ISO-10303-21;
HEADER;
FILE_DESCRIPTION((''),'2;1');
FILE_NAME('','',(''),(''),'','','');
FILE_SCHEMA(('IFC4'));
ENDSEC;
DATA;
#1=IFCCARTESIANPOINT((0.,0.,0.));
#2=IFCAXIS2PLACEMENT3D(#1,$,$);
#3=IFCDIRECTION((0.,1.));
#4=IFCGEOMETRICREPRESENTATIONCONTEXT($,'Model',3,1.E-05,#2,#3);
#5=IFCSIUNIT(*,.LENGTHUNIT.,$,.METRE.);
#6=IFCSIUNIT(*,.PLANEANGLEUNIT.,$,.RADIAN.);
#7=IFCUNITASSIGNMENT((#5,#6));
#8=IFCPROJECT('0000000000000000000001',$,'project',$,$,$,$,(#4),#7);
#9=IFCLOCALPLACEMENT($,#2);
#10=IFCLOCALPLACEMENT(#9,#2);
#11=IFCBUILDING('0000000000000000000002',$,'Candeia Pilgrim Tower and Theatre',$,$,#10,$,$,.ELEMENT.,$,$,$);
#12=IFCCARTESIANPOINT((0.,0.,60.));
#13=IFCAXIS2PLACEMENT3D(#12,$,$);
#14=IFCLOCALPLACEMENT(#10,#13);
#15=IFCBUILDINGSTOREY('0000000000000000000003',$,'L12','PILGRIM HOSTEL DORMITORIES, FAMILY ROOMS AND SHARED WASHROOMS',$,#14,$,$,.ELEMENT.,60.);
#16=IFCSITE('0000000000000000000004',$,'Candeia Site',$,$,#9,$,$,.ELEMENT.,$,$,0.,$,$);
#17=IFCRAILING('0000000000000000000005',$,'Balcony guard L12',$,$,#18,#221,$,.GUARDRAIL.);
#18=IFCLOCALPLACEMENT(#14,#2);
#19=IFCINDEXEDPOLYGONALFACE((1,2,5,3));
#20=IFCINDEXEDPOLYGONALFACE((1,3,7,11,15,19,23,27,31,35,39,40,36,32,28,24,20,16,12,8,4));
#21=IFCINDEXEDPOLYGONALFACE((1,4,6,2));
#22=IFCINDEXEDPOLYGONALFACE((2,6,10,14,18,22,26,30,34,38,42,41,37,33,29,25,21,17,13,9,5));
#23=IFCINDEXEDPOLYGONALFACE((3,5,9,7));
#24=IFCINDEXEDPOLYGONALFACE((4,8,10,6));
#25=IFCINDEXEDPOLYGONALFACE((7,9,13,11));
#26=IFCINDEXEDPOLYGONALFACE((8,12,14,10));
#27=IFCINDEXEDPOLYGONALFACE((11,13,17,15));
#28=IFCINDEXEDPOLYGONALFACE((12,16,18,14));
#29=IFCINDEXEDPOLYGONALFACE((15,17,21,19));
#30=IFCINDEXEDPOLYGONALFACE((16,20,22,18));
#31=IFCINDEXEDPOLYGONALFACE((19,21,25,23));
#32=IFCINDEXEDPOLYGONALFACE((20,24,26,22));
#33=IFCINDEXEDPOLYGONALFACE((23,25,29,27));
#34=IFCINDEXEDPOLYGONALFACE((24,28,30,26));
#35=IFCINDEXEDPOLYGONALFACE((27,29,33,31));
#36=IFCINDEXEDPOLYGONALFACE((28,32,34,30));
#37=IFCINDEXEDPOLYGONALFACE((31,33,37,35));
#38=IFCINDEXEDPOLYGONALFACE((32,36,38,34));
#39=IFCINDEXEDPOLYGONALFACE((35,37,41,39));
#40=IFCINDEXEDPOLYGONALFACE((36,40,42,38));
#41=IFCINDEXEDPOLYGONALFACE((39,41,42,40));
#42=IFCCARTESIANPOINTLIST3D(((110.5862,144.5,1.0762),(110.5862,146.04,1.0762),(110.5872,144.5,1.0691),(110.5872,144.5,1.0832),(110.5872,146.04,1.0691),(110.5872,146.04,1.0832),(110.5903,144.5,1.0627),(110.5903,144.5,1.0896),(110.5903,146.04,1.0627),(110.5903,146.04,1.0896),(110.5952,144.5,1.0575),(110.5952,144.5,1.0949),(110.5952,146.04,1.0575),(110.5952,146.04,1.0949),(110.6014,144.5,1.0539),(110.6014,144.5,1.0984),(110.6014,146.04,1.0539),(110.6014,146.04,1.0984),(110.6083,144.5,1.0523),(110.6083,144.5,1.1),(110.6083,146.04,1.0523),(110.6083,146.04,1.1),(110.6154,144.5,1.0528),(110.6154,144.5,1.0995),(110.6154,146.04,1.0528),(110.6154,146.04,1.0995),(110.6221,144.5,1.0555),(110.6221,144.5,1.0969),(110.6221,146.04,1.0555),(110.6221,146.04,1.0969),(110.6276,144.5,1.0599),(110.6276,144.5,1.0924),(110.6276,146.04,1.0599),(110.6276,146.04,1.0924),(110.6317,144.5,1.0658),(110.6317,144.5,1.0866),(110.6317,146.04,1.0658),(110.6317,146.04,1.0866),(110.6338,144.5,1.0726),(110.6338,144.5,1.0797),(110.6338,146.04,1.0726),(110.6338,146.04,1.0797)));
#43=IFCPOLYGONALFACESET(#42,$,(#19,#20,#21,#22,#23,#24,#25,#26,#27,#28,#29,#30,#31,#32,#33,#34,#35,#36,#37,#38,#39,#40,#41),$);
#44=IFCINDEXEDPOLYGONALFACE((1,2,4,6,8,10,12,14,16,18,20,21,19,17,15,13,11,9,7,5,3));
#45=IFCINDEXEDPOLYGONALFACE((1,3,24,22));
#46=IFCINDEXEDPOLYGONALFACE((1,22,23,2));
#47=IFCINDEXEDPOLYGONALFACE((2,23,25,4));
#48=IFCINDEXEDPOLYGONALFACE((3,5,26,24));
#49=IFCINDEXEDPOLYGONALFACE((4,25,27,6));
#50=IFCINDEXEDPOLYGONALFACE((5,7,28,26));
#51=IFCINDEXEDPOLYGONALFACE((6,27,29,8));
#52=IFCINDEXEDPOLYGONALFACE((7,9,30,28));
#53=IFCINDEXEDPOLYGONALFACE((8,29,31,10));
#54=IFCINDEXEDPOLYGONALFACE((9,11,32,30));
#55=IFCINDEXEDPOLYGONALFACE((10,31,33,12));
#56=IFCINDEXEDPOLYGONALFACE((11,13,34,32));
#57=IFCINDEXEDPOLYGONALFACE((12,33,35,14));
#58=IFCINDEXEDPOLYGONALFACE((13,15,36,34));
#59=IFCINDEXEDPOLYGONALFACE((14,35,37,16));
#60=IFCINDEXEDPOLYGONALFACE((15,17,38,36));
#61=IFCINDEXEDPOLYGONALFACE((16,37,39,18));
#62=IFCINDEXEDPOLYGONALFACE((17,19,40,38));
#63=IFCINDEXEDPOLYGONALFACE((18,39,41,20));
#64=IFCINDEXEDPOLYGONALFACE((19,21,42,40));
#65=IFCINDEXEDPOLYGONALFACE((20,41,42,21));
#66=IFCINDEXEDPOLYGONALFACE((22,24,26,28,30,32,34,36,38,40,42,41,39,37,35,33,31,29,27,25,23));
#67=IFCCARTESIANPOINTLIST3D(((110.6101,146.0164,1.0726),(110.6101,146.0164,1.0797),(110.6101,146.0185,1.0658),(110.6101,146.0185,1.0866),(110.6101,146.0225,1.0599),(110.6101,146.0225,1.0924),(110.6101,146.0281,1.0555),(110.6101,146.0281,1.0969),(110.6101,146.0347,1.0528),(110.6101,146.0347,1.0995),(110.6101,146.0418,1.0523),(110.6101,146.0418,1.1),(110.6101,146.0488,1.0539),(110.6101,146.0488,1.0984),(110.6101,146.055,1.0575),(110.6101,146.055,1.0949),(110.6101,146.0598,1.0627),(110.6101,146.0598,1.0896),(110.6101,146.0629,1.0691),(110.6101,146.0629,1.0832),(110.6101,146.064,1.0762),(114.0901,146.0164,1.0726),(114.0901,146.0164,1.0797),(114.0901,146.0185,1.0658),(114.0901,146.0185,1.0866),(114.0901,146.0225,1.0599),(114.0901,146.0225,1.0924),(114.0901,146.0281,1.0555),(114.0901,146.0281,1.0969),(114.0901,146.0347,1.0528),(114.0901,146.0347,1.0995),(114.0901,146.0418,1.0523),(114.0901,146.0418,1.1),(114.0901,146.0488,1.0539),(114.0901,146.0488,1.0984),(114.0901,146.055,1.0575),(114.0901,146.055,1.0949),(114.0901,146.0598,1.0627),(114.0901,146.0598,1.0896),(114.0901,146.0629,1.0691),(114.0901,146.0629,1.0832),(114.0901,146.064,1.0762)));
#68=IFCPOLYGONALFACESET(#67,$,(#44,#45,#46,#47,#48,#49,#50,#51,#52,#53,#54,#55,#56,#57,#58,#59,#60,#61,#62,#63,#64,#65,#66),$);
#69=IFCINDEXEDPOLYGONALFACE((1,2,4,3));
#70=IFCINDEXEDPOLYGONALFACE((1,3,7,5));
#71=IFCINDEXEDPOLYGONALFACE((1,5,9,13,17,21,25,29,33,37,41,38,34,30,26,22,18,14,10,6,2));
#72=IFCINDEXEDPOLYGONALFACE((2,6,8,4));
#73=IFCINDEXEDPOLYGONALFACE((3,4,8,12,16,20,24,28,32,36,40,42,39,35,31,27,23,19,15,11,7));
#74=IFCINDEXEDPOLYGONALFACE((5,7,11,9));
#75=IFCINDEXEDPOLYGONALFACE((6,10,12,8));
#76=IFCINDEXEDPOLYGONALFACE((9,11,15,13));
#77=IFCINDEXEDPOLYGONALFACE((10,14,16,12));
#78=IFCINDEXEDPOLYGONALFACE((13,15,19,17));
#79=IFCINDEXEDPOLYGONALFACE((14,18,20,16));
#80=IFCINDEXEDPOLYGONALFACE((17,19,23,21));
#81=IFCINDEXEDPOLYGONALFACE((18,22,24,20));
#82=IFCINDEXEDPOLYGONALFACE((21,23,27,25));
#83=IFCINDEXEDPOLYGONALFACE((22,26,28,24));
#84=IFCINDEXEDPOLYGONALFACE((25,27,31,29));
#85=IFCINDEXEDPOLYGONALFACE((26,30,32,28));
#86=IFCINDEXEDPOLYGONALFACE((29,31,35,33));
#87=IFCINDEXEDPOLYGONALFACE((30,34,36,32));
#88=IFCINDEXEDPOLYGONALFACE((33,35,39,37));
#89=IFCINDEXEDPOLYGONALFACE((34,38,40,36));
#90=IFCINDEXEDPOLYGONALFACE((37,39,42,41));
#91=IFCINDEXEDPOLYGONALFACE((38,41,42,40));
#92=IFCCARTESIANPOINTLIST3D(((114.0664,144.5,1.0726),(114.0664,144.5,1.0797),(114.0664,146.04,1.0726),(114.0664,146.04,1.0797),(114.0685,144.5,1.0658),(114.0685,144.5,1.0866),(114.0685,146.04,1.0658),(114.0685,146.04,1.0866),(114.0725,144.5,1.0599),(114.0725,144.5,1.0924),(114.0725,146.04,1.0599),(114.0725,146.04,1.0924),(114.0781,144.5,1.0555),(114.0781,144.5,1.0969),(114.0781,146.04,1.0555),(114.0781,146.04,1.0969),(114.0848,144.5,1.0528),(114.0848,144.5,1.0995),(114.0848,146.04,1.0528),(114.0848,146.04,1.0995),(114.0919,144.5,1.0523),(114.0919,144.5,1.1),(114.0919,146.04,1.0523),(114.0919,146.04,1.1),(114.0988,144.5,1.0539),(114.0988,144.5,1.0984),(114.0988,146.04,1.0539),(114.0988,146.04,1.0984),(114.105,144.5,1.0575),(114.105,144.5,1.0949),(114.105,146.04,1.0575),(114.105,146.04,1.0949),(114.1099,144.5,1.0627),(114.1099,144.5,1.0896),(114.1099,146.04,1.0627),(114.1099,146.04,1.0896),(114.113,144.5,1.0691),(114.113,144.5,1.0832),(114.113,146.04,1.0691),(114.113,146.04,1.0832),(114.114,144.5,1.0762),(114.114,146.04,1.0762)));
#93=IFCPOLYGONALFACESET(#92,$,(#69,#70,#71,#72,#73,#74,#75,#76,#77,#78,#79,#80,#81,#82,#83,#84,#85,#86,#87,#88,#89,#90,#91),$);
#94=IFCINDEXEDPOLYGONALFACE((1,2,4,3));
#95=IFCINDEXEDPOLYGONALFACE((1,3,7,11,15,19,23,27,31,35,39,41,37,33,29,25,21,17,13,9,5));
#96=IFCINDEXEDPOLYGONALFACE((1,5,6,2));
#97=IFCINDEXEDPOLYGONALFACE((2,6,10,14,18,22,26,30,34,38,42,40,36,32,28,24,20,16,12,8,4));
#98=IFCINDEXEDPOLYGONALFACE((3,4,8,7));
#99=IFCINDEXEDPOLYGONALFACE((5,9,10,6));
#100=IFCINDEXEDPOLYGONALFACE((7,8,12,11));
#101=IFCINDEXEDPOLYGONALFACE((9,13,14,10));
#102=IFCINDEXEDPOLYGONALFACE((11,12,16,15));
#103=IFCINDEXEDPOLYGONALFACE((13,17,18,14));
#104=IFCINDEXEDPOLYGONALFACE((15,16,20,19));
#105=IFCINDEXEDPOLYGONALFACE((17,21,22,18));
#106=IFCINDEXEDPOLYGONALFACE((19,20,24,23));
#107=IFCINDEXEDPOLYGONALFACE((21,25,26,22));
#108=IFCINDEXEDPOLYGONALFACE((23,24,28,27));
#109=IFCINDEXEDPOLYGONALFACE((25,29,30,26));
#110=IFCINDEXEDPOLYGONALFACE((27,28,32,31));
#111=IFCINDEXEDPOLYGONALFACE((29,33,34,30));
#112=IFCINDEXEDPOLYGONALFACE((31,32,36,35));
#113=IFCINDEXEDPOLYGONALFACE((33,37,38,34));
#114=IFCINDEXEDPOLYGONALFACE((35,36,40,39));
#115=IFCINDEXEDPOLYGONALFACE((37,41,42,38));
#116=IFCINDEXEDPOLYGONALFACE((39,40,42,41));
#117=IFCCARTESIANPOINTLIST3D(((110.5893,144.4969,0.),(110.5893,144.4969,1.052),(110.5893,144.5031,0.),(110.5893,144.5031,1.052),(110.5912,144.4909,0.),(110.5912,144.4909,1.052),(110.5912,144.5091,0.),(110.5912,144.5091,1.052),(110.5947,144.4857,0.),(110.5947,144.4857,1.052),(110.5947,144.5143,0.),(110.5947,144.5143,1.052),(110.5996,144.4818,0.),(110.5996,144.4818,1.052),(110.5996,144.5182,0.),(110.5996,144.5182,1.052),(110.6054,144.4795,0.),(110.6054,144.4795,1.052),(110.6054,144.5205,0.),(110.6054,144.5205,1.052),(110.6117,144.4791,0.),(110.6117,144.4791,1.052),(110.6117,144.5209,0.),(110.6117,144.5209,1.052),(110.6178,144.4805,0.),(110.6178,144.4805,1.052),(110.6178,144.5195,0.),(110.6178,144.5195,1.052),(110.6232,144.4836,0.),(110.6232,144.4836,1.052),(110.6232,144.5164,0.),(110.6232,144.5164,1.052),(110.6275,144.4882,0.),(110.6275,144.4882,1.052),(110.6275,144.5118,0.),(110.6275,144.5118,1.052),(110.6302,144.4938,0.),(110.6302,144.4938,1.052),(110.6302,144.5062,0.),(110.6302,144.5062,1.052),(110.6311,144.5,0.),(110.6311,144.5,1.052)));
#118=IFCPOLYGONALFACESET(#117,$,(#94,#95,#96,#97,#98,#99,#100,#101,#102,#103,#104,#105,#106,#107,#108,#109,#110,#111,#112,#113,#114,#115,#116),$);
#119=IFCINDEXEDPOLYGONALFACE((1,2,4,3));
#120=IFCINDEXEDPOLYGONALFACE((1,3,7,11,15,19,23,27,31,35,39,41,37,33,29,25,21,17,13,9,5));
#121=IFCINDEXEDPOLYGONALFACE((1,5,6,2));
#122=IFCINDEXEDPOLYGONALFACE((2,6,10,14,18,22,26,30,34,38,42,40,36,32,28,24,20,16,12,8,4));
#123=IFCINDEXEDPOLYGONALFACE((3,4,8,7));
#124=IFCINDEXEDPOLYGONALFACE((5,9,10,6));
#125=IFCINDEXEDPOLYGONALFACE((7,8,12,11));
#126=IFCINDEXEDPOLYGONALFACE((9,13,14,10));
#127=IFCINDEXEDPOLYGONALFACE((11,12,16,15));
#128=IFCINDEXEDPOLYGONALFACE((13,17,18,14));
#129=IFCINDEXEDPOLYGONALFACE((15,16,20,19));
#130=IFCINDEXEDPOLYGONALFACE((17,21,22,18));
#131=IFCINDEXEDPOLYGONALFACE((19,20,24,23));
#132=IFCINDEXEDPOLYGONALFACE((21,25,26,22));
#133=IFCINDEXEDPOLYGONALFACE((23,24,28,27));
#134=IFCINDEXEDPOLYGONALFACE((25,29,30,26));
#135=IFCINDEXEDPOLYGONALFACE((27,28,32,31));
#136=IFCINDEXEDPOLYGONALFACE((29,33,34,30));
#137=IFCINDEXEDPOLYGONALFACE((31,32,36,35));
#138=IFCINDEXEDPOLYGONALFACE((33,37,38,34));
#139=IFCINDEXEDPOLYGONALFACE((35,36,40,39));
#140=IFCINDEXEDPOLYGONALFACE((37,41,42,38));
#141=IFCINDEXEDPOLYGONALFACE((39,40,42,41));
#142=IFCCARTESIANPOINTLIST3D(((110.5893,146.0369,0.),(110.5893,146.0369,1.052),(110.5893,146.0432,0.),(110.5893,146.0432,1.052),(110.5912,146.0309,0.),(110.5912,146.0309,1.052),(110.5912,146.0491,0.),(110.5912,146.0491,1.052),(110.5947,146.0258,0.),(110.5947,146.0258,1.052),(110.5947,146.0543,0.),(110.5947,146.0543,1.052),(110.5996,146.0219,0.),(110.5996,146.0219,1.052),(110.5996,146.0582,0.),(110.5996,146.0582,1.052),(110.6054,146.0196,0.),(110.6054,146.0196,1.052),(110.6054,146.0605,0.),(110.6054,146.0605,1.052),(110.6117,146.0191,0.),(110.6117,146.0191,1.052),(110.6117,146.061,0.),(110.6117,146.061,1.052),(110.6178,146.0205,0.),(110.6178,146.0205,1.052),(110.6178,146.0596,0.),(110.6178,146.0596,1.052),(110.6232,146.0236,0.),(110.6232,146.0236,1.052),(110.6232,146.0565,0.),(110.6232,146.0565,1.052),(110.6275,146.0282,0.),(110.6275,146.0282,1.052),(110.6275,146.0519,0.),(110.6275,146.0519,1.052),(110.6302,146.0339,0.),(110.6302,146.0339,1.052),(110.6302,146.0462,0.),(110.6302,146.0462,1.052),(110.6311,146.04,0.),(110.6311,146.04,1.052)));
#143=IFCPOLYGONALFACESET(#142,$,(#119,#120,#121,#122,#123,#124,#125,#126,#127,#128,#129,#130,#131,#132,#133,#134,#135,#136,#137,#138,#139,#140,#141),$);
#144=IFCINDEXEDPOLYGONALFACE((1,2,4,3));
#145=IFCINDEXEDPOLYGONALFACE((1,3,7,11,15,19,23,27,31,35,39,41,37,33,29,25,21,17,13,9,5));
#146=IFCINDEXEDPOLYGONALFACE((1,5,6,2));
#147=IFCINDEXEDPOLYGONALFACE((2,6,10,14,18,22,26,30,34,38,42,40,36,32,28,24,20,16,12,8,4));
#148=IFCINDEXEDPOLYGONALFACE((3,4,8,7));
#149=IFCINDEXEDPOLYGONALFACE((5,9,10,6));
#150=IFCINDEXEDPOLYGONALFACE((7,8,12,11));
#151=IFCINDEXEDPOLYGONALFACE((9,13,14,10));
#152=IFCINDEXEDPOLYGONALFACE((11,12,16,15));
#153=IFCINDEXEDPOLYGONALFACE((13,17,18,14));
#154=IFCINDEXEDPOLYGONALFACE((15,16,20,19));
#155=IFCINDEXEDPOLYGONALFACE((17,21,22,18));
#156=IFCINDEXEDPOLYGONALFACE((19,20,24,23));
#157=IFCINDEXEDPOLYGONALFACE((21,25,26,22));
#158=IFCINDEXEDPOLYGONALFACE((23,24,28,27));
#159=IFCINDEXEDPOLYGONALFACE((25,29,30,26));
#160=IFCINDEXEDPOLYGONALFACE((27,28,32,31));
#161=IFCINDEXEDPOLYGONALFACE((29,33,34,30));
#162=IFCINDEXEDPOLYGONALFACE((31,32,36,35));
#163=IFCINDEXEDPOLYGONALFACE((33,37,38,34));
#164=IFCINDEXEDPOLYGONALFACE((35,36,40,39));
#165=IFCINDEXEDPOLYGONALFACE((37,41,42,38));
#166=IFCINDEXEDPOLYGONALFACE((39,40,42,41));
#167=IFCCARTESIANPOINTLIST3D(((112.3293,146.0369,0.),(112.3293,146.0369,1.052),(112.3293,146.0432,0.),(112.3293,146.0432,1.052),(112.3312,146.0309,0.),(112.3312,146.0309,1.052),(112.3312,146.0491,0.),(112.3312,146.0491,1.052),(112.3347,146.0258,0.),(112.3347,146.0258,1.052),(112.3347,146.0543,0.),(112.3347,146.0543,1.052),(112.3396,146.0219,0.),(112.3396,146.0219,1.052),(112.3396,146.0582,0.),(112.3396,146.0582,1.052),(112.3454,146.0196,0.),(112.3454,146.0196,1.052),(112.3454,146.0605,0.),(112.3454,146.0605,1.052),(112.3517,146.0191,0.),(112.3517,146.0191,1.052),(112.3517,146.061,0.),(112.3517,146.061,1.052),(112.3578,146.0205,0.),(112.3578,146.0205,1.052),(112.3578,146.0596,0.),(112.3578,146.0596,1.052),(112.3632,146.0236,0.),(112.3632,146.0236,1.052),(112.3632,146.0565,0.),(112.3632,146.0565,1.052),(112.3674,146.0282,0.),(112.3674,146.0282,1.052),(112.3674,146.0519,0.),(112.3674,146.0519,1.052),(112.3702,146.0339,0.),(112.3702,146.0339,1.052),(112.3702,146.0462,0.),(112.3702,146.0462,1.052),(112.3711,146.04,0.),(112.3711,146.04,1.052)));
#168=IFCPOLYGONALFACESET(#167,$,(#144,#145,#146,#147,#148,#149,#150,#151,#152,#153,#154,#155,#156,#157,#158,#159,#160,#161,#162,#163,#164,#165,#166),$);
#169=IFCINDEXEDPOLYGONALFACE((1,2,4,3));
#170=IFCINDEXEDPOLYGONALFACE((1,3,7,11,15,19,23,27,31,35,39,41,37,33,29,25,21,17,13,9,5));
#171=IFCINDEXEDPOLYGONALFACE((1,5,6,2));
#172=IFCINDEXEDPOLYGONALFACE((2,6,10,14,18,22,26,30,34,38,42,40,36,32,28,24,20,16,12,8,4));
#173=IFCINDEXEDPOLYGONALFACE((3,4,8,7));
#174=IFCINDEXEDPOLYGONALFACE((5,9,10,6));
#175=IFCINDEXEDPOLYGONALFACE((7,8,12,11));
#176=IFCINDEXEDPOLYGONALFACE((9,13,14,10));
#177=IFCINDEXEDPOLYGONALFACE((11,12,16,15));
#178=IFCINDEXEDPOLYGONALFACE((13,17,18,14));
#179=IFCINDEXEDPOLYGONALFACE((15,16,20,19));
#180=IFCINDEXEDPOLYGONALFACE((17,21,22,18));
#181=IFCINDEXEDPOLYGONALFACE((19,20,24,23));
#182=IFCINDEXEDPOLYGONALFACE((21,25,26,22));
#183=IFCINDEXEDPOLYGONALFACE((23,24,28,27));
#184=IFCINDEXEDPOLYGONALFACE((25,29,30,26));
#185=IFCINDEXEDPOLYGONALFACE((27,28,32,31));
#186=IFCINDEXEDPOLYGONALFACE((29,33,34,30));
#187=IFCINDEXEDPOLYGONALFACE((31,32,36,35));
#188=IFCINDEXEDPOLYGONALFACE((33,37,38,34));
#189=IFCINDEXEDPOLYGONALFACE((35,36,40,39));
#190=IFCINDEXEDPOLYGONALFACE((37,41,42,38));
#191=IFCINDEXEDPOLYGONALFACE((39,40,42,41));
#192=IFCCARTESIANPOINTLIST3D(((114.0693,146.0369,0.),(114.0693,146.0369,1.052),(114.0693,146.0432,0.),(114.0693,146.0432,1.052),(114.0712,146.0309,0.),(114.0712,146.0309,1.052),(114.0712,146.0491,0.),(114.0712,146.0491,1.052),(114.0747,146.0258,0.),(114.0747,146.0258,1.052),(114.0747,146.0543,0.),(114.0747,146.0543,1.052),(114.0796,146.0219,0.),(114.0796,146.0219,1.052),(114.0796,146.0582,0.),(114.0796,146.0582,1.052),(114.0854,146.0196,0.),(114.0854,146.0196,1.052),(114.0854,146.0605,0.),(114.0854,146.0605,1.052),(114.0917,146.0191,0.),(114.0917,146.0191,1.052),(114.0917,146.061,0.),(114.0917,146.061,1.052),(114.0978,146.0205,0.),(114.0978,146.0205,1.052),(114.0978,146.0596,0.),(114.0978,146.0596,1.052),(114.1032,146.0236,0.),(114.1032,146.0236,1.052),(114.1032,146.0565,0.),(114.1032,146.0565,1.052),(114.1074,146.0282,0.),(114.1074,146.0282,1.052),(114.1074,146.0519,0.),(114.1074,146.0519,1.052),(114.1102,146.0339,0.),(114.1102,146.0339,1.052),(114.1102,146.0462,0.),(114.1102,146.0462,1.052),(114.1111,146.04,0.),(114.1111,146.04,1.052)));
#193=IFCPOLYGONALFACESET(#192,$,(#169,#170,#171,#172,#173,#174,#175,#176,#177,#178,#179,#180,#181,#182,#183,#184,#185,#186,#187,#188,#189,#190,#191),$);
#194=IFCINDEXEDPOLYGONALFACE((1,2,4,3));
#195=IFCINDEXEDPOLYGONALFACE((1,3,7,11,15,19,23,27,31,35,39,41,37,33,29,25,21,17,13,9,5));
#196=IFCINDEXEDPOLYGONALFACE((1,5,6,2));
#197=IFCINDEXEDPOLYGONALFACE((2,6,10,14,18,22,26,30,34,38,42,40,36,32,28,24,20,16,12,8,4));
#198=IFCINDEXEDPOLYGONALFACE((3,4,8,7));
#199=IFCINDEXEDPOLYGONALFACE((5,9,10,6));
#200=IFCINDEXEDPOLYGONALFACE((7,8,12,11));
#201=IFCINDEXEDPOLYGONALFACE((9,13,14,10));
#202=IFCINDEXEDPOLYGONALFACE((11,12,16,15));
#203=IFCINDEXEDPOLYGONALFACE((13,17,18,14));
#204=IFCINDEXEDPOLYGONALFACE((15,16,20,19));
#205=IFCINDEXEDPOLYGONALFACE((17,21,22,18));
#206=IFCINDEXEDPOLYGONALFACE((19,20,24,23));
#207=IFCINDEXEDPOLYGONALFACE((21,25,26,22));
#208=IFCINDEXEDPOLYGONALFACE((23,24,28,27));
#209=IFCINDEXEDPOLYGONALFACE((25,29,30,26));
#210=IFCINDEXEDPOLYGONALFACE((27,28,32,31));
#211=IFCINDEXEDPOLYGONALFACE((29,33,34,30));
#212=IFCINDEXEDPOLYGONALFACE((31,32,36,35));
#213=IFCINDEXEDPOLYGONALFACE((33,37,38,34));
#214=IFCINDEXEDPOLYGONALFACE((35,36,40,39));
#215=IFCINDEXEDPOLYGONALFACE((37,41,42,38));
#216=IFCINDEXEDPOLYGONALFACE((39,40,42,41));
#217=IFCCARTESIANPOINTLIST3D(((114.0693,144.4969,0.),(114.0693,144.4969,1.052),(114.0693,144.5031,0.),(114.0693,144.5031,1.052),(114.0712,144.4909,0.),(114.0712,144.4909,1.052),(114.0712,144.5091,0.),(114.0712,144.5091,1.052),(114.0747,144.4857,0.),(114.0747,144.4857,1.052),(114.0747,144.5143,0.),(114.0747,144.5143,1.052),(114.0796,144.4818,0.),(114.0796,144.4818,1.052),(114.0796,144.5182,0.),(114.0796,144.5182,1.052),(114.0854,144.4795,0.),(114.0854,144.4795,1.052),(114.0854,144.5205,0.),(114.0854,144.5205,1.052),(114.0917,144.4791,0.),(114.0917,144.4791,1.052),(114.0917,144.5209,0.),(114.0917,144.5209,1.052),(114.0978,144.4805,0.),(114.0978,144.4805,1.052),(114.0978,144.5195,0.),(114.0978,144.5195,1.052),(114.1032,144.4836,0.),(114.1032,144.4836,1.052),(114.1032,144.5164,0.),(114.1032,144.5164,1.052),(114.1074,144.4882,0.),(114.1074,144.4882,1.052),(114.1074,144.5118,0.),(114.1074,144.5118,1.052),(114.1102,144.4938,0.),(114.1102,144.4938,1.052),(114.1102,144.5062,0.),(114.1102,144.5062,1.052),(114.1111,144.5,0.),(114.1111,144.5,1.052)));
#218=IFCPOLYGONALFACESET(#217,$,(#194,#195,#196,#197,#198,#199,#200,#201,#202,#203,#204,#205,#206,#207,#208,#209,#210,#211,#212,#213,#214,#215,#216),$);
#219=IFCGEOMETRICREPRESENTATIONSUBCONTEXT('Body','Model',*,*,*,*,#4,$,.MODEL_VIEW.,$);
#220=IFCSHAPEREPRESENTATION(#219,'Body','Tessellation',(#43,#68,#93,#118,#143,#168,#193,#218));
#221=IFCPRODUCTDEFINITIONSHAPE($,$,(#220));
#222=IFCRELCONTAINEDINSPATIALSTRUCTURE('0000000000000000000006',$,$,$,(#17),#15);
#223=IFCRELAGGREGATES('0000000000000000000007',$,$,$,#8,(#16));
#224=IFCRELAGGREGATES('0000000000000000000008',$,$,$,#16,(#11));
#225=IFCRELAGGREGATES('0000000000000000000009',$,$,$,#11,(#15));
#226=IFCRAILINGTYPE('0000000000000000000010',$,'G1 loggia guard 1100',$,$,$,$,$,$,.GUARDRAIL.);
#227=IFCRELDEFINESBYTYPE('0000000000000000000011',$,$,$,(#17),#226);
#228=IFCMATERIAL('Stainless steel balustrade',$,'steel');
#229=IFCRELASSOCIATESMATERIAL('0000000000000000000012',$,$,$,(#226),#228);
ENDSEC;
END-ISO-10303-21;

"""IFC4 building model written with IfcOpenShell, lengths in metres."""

from ifc_helpers import new_model, si_unit, direction, frame, origin, origin_2d, place, context, subcontext, project, spatial, circle, extrude, material, type_object, element, save


model = new_model("IFC4")

# Units and contexts
model_context = context("Model", 3, precision=1e-05, world=origin(), true_north=direction((0.0, 1.0)))
body_context = subcontext(model_context, "Body", "Model", "MODEL_VIEW")
ifc_project = project(units=[si_unit("LENGTHUNIT", "METRE"), si_unit("PLANEANGLEUNIT", "RADIAN")], contexts=[model_context])

# Site, building, storey
site_placement = place(None, origin())
site = spatial("IfcSite", under=ifc_project, at=site_placement, Name="Candeia Site", CompositionType="ELEMENT", RefElevation=0.0)
building_placement = place(site_placement, origin())
building = spatial("IfcBuilding", under=site, at=building_placement, Name="Candeia Pilgrim Tower and Theatre", CompositionType="ELEMENT")
storey_placement = place(building_placement, frame((0.0, 0.0, 60.0)))
storey = spatial("IfcBuildingStorey", under=building, at=storey_placement, Name="L12", Description="PILGRIM HOSTEL DORMITORIES, FAMILY ROOMS AND SHARED WASHROOMS", CompositionType="ELEMENT", Elevation=60.0)

# Railing
ifc_material_1 = material(Name="Stainless steel balustrade", Category="steel")
railing_type = type_object("IfcRailingType", Name="G1 loggia guard 1100", PredefinedType="GUARDRAIL", material=ifc_material_1)
railing_1_placement = place(storey_placement, frame((110.6101, 144.5, 0.0)))
element("IfcRailing", 1, at=railing_1_placement, inside=storey, type_object=railing_type, Name="Balcony guard L12", PredefinedType="GUARDRAIL", context=body_context, shape_type="SweptSolid", body=[
    extrude(circle(Radius=0.0239, at=origin_2d()), frame((0.0, 0.0, 1.0762), z_axis=(0.0, 1.0, 0.0), x_axis=(-1.0, 0.0, 0.0)), (0.0, 0.0, 1.0), 1.54),
    extrude(circle(Radius=0.0239, at=origin_2d()), frame((0.0, 1.54, 1.0762), z_axis=(1.0, 0.0, 0.0), x_axis=(0.0, 1.0, 0.0)), (0.0, 0.0, 1.0), 3.48),
    extrude(circle(Radius=0.0239, at=origin_2d()), frame((3.48, 1.54, 1.0762), z_axis=(0.0, -1.0, 0.0), x_axis=(1.0, 0.0, 0.0)), (0.0, 0.0, 1.0), 1.54),
    extrude(circle(Radius=0.021, at=origin_2d()), origin(), (0.0, 0.0, 1.0), 1.052),
    extrude(circle(Radius=0.021, at=origin_2d()), frame((0.0, 1.54, 0.0)), (0.0, 0.0, 1.0), 1.052),
    extrude(circle(Radius=0.021, at=origin_2d()), frame((1.74, 1.54, 0.0)), (0.0, 0.0, 1.0), 1.052),
    extrude(circle(Radius=0.021, at=origin_2d()), frame((3.48, 1.54, 0.0)), (0.0, 0.0, 1.0), 1.052),
    extrude(circle(Radius=0.021, at=origin_2d()), frame((3.48, 0.0, 0.0)), (0.0, 0.0, 1.0), 1.052),
])

save(model, "model.ifc")
